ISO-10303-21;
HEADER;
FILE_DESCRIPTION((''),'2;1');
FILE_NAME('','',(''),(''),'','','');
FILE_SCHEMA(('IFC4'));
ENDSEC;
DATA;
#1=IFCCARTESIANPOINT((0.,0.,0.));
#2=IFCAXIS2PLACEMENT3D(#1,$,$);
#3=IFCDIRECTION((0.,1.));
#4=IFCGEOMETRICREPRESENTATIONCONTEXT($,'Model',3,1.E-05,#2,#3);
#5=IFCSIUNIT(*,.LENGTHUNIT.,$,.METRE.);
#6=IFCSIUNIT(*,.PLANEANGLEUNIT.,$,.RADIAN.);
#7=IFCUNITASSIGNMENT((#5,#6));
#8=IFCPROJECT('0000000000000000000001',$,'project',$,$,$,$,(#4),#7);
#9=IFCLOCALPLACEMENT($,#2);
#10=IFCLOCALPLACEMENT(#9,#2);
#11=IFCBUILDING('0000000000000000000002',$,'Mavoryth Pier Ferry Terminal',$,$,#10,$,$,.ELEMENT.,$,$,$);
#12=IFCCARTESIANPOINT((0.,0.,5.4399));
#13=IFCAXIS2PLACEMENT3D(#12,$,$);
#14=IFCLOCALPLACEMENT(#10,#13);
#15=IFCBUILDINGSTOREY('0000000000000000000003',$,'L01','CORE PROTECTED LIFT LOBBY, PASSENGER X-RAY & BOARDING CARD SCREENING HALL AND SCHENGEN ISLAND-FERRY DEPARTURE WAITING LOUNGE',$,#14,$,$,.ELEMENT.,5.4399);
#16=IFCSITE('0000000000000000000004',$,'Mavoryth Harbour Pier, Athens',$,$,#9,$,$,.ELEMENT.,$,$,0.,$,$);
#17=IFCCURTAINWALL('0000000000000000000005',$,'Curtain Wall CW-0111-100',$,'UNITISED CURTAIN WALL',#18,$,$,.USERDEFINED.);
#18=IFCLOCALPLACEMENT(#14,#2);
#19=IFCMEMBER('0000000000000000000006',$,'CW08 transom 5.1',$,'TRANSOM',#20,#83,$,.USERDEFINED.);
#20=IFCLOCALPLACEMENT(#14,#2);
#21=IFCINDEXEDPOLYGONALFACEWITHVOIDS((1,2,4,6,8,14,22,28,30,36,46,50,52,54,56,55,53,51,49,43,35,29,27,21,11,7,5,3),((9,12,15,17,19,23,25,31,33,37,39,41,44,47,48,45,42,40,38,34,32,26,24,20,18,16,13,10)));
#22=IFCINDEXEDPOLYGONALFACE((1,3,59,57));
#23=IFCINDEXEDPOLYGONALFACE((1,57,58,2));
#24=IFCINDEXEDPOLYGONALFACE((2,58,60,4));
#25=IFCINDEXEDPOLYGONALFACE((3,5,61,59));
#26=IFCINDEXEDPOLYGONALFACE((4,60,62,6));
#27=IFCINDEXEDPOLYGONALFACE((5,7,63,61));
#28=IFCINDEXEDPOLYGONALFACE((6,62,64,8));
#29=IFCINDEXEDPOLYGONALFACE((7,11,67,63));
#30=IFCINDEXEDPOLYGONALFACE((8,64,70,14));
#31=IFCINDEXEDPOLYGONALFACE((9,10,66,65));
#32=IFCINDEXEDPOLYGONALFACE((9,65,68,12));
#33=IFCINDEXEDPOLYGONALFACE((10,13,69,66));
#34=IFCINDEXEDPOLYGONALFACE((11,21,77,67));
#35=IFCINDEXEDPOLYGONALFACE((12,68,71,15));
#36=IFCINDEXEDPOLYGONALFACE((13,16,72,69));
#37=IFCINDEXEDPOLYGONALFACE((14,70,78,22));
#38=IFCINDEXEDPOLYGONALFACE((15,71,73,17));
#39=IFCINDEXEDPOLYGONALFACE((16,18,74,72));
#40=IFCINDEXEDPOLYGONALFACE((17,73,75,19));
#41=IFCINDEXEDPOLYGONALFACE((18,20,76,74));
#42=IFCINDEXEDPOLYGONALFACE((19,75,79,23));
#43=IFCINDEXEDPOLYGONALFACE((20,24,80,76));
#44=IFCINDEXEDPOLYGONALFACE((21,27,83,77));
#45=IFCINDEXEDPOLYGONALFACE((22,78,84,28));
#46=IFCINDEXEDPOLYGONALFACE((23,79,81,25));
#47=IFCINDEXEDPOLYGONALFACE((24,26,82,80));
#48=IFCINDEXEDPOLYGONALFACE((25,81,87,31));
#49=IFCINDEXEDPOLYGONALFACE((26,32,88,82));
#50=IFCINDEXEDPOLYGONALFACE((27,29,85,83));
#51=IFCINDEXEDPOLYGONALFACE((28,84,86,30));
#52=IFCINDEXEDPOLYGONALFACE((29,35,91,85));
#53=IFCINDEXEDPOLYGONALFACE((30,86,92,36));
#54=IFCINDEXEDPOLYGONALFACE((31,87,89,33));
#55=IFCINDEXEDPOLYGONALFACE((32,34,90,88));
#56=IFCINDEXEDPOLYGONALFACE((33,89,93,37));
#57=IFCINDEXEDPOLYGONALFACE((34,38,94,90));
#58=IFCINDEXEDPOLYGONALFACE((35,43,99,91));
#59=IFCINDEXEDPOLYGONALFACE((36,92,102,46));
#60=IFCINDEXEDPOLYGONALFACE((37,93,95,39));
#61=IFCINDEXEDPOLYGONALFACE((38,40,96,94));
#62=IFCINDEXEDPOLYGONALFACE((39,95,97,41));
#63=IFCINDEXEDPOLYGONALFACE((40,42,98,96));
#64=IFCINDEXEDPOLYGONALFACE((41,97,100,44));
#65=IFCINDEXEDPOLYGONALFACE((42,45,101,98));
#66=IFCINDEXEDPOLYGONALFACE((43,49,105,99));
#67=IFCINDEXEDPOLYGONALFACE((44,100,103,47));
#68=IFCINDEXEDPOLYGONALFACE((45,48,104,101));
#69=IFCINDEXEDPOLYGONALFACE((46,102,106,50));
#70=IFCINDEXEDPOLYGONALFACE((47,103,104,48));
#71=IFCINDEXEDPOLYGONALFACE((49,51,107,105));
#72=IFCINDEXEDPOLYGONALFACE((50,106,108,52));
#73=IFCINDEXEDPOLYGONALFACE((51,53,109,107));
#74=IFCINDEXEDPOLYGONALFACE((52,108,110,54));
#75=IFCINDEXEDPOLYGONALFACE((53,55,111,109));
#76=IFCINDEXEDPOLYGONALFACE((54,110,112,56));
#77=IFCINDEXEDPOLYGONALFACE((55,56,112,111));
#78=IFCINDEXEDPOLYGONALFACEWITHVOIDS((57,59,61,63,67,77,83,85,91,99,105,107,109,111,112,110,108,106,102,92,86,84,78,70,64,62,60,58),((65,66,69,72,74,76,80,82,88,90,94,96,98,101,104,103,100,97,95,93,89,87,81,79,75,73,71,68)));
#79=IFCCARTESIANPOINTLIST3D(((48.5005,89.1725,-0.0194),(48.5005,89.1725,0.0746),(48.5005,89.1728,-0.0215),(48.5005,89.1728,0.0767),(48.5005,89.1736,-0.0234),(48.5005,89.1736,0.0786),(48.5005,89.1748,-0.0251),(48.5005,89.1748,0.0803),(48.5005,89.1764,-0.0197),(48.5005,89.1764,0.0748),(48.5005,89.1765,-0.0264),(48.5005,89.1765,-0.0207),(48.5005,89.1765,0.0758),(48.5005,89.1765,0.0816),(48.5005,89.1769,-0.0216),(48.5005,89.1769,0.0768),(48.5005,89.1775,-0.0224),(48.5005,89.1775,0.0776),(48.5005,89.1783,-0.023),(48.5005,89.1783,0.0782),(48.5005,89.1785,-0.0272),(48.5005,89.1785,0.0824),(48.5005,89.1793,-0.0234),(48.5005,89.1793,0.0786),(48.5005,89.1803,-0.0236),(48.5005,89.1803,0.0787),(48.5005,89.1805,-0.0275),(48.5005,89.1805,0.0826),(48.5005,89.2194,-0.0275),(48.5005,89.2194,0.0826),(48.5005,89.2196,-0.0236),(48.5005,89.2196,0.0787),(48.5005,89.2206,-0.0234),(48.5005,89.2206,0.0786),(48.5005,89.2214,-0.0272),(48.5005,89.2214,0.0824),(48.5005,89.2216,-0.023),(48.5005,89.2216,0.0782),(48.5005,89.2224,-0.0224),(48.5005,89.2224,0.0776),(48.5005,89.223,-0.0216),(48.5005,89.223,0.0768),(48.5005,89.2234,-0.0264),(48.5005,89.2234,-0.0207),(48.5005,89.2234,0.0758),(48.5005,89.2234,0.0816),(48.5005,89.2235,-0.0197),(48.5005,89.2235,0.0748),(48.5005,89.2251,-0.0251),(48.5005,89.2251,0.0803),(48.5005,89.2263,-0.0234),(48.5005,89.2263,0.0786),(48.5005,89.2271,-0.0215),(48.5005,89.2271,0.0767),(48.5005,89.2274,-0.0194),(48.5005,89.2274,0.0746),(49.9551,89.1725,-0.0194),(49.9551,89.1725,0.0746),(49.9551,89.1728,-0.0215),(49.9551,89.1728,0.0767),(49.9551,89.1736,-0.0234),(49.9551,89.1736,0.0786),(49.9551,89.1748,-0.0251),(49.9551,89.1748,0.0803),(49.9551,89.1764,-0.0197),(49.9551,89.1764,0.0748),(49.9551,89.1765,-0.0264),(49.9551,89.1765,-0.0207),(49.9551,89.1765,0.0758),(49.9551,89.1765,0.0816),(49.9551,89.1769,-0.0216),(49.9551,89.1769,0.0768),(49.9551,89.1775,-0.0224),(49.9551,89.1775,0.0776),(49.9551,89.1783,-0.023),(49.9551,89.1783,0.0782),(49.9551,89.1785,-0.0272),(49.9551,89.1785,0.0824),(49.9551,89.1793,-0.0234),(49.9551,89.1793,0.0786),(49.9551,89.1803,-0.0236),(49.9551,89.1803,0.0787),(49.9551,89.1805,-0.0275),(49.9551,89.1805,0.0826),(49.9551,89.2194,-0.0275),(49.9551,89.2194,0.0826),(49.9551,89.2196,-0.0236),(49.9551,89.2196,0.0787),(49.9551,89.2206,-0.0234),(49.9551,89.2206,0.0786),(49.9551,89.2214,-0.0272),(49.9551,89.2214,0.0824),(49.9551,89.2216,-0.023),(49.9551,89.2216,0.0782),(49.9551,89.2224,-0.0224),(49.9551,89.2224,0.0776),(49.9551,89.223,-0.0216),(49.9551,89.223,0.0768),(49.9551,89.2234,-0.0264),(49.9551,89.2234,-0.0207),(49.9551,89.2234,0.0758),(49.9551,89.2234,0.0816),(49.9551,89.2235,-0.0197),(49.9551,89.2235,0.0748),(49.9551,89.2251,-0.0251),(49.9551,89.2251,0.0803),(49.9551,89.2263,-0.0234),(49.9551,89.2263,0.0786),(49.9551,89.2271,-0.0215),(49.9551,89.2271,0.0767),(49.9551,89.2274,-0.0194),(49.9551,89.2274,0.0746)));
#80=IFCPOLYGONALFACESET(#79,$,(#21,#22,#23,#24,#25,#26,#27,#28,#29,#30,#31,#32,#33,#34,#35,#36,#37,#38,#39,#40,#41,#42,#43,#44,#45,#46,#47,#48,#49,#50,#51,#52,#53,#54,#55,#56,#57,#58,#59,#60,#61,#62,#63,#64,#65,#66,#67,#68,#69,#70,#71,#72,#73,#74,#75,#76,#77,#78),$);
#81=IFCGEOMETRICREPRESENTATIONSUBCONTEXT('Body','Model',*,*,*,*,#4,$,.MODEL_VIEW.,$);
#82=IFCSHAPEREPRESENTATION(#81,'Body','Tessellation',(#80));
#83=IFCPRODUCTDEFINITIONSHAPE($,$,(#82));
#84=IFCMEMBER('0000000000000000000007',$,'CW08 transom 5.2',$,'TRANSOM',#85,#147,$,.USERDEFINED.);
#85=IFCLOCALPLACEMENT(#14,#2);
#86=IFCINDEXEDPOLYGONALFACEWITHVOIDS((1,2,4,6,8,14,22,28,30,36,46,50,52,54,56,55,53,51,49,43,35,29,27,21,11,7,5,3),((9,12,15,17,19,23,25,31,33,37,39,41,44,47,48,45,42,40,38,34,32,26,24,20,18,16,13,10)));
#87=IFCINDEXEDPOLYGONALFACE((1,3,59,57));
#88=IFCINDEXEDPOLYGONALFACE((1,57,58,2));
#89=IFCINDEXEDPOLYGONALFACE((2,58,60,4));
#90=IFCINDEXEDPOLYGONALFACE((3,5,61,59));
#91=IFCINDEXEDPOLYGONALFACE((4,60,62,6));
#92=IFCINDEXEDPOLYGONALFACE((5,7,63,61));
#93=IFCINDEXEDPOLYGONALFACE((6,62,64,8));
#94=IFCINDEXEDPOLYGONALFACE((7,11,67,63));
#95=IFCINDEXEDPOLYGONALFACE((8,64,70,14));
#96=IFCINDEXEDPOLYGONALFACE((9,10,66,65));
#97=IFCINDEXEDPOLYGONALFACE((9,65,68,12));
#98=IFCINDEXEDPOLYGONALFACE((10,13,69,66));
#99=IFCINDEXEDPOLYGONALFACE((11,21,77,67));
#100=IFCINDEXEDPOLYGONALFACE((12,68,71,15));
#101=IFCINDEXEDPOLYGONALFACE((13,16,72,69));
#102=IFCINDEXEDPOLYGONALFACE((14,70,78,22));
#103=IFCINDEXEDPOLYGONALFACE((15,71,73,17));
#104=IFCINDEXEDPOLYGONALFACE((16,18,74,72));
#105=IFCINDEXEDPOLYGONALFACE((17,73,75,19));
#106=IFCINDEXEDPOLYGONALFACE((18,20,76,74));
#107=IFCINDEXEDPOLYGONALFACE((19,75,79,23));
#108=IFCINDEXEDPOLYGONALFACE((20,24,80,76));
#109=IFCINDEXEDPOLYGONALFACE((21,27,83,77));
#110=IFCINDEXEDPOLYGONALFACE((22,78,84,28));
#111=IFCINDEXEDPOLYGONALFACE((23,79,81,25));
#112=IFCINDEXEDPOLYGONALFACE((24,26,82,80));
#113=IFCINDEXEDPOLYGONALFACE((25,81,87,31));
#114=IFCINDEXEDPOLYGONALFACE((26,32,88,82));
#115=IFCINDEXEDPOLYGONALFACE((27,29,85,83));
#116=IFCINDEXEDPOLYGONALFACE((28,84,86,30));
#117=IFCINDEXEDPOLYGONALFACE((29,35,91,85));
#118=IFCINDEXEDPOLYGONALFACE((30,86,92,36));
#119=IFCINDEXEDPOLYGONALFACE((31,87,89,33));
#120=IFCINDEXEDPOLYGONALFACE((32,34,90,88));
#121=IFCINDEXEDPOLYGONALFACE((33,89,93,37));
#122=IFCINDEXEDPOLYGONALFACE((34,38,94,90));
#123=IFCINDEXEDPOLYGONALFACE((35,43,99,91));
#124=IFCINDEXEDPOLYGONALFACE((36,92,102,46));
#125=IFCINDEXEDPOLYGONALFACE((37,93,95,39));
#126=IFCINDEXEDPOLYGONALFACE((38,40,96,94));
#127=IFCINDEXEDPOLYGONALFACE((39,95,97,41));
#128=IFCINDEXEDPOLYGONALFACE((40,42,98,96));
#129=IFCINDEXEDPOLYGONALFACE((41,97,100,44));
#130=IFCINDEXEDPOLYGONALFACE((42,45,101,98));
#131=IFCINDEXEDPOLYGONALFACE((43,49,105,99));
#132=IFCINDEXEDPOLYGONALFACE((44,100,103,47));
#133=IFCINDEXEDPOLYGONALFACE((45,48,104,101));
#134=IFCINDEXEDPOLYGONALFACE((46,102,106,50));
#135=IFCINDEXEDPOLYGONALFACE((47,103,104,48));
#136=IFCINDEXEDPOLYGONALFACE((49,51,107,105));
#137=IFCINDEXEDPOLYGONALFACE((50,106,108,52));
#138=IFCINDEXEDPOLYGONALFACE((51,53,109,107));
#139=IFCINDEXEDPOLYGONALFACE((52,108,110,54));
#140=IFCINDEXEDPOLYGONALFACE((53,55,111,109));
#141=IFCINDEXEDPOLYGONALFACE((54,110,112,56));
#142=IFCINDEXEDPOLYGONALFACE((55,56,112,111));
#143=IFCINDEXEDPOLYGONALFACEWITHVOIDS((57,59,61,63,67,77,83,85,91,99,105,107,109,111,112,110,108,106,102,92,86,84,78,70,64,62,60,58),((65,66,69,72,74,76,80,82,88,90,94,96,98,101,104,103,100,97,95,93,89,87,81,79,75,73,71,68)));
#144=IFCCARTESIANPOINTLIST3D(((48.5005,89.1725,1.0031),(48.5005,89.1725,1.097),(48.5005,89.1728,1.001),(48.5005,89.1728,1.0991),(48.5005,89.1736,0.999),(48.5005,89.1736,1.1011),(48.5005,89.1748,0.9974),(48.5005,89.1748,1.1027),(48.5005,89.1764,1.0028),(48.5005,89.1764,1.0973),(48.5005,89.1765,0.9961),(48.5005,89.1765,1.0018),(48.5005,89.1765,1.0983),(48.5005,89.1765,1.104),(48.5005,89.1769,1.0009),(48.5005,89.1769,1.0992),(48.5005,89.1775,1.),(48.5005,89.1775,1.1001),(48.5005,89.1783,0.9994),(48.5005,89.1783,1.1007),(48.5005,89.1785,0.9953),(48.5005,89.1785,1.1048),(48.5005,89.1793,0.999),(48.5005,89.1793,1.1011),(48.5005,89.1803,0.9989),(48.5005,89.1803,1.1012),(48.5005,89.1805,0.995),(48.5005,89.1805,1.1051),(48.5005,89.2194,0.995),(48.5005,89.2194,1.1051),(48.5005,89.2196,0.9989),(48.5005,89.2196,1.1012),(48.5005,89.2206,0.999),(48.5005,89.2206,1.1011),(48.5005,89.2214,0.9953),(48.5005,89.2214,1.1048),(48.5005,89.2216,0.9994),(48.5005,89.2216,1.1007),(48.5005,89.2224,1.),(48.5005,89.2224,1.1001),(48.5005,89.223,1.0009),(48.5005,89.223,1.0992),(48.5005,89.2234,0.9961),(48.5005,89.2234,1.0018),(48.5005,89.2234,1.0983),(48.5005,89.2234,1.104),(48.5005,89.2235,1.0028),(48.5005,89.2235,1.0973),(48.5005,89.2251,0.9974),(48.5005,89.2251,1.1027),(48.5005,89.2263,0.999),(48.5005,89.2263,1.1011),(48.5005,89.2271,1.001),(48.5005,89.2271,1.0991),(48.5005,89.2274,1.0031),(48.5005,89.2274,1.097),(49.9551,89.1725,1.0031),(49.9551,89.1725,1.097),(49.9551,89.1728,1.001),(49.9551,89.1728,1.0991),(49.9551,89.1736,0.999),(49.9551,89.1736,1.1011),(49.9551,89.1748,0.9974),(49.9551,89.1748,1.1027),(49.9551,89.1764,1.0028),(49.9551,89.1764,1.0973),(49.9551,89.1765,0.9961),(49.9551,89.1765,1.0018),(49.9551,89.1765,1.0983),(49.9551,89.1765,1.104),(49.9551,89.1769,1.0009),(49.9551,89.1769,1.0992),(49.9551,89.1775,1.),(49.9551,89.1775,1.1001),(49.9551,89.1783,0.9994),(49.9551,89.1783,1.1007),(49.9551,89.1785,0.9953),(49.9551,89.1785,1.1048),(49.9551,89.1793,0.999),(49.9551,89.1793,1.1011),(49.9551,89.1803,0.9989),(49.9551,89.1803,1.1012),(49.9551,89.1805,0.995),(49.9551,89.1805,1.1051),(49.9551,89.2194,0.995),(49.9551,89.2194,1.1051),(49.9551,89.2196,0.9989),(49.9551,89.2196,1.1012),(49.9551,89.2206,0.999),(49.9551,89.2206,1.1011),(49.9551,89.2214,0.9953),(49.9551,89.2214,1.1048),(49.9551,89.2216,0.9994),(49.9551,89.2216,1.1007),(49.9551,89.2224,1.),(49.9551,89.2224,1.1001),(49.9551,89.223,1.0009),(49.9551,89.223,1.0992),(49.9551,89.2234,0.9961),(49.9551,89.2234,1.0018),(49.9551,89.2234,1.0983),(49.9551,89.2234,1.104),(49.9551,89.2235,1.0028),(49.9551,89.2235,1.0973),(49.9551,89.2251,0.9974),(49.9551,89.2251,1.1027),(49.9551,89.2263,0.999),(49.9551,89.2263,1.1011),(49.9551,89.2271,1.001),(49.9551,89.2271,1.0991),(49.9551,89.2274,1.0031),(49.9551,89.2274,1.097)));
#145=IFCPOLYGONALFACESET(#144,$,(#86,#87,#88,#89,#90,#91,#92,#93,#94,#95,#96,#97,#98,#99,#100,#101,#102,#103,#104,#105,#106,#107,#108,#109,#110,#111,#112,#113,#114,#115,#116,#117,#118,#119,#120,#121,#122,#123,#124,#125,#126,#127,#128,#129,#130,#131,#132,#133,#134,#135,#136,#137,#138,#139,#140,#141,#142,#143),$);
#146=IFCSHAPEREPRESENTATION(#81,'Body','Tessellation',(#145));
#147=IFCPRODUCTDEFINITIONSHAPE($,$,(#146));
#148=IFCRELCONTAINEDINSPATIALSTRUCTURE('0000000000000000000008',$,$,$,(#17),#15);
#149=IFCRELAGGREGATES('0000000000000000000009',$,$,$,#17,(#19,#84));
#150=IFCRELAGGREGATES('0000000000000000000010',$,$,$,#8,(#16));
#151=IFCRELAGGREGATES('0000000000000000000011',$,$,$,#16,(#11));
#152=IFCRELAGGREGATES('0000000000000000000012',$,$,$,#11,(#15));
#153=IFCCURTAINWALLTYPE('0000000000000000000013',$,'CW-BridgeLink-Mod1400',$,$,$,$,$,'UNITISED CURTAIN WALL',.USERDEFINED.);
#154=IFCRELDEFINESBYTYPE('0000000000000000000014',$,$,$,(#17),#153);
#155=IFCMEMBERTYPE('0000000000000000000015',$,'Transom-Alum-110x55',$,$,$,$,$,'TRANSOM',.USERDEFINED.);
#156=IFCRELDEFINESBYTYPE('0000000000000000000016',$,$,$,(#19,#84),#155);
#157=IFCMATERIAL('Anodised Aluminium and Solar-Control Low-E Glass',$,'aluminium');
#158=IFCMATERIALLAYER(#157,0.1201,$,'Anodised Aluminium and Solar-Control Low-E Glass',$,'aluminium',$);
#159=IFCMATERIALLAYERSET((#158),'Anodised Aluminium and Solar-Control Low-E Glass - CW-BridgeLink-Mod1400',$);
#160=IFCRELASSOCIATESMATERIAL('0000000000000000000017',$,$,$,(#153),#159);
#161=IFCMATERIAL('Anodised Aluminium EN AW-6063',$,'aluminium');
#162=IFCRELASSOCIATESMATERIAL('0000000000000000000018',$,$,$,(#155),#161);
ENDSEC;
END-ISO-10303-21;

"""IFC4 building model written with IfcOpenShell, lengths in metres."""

from ifc_helpers import new_model, si_unit, direction, frame, origin, origin_2d, place, context, subcontext, project, spatial, hollow_rectangle, extrude, material, layer, layer_set, material_profile, profile_set, type_object, element, aggregate, save


model = new_model("IFC4")

# Units and contexts
model_context = context("Model", 3, precision=1e-05, world=origin(), true_north=direction((0.0, 1.0)))
body_context = subcontext(model_context, "Body", "Model", "MODEL_VIEW")
ifc_project = project(units=[si_unit("LENGTHUNIT", "METRE"), si_unit("PLANEANGLEUNIT", "RADIAN")], contexts=[model_context])

# Site, building, storey
site_placement = place(None, origin())
site = spatial("IfcSite", under=ifc_project, at=site_placement, Name="Mavoryth Harbour Pier, Athens", CompositionType="ELEMENT", RefElevation=0.0)
building_placement = place(site_placement, origin())
building = spatial("IfcBuilding", under=site, at=building_placement, Name="Mavoryth Pier Ferry Terminal", CompositionType="ELEMENT")
storey_placement = place(building_placement, frame((0.0, 0.0, 5.4399)))
storey = spatial("IfcBuildingStorey", under=building, at=storey_placement, Name="L01", Description="CORE PROTECTED LIFT LOBBY, PASSENGER X-RAY & BOARDING CARD SCREENING HALL AND SCHENGEN ISLAND-FERRY DEPARTURE WAITING LOUNGE", CompositionType="ELEMENT", Elevation=5.4399)

# Curtain wall
ifc_material_1 = material(Name="Anodised Aluminium and Solar-Control Low-E Glass", Category="aluminium")
ifc_layer_1 = layer(ifc_material_1, 0.1201, Name="Anodised Aluminium and Solar-Control Low-E Glass", Category="aluminium")
ifc_layer_set_1 = layer_set([ifc_layer_1], Name="Anodised Aluminium and Solar-Control Low-E Glass - CW-BridgeLink-Mod1400")
curtain_wall_type_1 = type_object("IfcCurtainWallType", Name="CW-BridgeLink-Mod1400", ElementType="UNITISED CURTAIN WALL", PredefinedType="USERDEFINED", material=ifc_layer_set_1)
curtain_wall_1_placement = place(storey_placement, origin())
curtain_wall_1 = element("IfcCurtainWall", 1, at=curtain_wall_1_placement, inside=storey, type_object=curtain_wall_type_1, Name="Curtain Wall CW-0111-100", ObjectType="UNITISED CURTAIN WALL", PredefinedType="USERDEFINED")
ifc_material_2 = material(Name="Anodised Aluminium EN AW-6063", Category="aluminium")

# Members
ifc_material_profile_1 = material_profile(ifc_material_2, hollow_rectangle(XDim=0.0549, YDim=0.1101, WallThickness=0.0039, InnerFilletRadius=0.0039, OuterFilletRadius=0.0081, at=origin_2d()), Name="AL-TRAN 110x55x4", Category="aluminium")
ifc_profile_set_1 = profile_set([ifc_material_profile_1], Name="Anodised Aluminium EN AW-6063 - AL-TRAN 110x55x4")
member_type_1 = type_object("IfcMemberType", Name="Transom-Alum-110x55", ElementType="TRANSOM", PredefinedType="USERDEFINED", material=ifc_profile_set_1)
member_1_placement = place(storey_placement, frame((48.5005, 89.2, 0.0276), z_axis=(1.0, 0.0, 0.0), x_axis=(0.0, 1.0, 0.0)))
member_1 = element("IfcMember", 2, at=member_1_placement, type_object=member_type_1, Name="CW08 transom 5.1", ObjectType="TRANSOM", PredefinedType="USERDEFINED", context=body_context, shape_type="SweptSolid", body=[
    extrude(hollow_rectangle(XDim=0.0549, YDim=0.1101, WallThickness=0.0039, InnerFilletRadius=0.0039, OuterFilletRadius=0.0081, at=origin_2d()), origin(), (0.0, 0.0, 1.0), 1.4546),
])
member_2_placement = place(storey_placement, frame((48.5005, 89.2, 1.05), z_axis=(1.0, 0.0, 0.0), x_axis=(0.0, 1.0, 0.0)))
member_2 = element("IfcMember", 3, at=member_2_placement, type_object=member_type_1, Name="CW08 transom 5.2", ObjectType="TRANSOM", PredefinedType="USERDEFINED", context=body_context, shape_type="SweptSolid", body=[
    extrude(hollow_rectangle(XDim=0.0549, YDim=0.1101, WallThickness=0.0039, InnerFilletRadius=0.0039, OuterFilletRadius=0.0081, at=origin_2d()), origin(), (0.0, 0.0, 1.0), 1.4546),
])

aggregate(curtain_wall_1, [member_1, member_2])

save(model, "model.ifc")
